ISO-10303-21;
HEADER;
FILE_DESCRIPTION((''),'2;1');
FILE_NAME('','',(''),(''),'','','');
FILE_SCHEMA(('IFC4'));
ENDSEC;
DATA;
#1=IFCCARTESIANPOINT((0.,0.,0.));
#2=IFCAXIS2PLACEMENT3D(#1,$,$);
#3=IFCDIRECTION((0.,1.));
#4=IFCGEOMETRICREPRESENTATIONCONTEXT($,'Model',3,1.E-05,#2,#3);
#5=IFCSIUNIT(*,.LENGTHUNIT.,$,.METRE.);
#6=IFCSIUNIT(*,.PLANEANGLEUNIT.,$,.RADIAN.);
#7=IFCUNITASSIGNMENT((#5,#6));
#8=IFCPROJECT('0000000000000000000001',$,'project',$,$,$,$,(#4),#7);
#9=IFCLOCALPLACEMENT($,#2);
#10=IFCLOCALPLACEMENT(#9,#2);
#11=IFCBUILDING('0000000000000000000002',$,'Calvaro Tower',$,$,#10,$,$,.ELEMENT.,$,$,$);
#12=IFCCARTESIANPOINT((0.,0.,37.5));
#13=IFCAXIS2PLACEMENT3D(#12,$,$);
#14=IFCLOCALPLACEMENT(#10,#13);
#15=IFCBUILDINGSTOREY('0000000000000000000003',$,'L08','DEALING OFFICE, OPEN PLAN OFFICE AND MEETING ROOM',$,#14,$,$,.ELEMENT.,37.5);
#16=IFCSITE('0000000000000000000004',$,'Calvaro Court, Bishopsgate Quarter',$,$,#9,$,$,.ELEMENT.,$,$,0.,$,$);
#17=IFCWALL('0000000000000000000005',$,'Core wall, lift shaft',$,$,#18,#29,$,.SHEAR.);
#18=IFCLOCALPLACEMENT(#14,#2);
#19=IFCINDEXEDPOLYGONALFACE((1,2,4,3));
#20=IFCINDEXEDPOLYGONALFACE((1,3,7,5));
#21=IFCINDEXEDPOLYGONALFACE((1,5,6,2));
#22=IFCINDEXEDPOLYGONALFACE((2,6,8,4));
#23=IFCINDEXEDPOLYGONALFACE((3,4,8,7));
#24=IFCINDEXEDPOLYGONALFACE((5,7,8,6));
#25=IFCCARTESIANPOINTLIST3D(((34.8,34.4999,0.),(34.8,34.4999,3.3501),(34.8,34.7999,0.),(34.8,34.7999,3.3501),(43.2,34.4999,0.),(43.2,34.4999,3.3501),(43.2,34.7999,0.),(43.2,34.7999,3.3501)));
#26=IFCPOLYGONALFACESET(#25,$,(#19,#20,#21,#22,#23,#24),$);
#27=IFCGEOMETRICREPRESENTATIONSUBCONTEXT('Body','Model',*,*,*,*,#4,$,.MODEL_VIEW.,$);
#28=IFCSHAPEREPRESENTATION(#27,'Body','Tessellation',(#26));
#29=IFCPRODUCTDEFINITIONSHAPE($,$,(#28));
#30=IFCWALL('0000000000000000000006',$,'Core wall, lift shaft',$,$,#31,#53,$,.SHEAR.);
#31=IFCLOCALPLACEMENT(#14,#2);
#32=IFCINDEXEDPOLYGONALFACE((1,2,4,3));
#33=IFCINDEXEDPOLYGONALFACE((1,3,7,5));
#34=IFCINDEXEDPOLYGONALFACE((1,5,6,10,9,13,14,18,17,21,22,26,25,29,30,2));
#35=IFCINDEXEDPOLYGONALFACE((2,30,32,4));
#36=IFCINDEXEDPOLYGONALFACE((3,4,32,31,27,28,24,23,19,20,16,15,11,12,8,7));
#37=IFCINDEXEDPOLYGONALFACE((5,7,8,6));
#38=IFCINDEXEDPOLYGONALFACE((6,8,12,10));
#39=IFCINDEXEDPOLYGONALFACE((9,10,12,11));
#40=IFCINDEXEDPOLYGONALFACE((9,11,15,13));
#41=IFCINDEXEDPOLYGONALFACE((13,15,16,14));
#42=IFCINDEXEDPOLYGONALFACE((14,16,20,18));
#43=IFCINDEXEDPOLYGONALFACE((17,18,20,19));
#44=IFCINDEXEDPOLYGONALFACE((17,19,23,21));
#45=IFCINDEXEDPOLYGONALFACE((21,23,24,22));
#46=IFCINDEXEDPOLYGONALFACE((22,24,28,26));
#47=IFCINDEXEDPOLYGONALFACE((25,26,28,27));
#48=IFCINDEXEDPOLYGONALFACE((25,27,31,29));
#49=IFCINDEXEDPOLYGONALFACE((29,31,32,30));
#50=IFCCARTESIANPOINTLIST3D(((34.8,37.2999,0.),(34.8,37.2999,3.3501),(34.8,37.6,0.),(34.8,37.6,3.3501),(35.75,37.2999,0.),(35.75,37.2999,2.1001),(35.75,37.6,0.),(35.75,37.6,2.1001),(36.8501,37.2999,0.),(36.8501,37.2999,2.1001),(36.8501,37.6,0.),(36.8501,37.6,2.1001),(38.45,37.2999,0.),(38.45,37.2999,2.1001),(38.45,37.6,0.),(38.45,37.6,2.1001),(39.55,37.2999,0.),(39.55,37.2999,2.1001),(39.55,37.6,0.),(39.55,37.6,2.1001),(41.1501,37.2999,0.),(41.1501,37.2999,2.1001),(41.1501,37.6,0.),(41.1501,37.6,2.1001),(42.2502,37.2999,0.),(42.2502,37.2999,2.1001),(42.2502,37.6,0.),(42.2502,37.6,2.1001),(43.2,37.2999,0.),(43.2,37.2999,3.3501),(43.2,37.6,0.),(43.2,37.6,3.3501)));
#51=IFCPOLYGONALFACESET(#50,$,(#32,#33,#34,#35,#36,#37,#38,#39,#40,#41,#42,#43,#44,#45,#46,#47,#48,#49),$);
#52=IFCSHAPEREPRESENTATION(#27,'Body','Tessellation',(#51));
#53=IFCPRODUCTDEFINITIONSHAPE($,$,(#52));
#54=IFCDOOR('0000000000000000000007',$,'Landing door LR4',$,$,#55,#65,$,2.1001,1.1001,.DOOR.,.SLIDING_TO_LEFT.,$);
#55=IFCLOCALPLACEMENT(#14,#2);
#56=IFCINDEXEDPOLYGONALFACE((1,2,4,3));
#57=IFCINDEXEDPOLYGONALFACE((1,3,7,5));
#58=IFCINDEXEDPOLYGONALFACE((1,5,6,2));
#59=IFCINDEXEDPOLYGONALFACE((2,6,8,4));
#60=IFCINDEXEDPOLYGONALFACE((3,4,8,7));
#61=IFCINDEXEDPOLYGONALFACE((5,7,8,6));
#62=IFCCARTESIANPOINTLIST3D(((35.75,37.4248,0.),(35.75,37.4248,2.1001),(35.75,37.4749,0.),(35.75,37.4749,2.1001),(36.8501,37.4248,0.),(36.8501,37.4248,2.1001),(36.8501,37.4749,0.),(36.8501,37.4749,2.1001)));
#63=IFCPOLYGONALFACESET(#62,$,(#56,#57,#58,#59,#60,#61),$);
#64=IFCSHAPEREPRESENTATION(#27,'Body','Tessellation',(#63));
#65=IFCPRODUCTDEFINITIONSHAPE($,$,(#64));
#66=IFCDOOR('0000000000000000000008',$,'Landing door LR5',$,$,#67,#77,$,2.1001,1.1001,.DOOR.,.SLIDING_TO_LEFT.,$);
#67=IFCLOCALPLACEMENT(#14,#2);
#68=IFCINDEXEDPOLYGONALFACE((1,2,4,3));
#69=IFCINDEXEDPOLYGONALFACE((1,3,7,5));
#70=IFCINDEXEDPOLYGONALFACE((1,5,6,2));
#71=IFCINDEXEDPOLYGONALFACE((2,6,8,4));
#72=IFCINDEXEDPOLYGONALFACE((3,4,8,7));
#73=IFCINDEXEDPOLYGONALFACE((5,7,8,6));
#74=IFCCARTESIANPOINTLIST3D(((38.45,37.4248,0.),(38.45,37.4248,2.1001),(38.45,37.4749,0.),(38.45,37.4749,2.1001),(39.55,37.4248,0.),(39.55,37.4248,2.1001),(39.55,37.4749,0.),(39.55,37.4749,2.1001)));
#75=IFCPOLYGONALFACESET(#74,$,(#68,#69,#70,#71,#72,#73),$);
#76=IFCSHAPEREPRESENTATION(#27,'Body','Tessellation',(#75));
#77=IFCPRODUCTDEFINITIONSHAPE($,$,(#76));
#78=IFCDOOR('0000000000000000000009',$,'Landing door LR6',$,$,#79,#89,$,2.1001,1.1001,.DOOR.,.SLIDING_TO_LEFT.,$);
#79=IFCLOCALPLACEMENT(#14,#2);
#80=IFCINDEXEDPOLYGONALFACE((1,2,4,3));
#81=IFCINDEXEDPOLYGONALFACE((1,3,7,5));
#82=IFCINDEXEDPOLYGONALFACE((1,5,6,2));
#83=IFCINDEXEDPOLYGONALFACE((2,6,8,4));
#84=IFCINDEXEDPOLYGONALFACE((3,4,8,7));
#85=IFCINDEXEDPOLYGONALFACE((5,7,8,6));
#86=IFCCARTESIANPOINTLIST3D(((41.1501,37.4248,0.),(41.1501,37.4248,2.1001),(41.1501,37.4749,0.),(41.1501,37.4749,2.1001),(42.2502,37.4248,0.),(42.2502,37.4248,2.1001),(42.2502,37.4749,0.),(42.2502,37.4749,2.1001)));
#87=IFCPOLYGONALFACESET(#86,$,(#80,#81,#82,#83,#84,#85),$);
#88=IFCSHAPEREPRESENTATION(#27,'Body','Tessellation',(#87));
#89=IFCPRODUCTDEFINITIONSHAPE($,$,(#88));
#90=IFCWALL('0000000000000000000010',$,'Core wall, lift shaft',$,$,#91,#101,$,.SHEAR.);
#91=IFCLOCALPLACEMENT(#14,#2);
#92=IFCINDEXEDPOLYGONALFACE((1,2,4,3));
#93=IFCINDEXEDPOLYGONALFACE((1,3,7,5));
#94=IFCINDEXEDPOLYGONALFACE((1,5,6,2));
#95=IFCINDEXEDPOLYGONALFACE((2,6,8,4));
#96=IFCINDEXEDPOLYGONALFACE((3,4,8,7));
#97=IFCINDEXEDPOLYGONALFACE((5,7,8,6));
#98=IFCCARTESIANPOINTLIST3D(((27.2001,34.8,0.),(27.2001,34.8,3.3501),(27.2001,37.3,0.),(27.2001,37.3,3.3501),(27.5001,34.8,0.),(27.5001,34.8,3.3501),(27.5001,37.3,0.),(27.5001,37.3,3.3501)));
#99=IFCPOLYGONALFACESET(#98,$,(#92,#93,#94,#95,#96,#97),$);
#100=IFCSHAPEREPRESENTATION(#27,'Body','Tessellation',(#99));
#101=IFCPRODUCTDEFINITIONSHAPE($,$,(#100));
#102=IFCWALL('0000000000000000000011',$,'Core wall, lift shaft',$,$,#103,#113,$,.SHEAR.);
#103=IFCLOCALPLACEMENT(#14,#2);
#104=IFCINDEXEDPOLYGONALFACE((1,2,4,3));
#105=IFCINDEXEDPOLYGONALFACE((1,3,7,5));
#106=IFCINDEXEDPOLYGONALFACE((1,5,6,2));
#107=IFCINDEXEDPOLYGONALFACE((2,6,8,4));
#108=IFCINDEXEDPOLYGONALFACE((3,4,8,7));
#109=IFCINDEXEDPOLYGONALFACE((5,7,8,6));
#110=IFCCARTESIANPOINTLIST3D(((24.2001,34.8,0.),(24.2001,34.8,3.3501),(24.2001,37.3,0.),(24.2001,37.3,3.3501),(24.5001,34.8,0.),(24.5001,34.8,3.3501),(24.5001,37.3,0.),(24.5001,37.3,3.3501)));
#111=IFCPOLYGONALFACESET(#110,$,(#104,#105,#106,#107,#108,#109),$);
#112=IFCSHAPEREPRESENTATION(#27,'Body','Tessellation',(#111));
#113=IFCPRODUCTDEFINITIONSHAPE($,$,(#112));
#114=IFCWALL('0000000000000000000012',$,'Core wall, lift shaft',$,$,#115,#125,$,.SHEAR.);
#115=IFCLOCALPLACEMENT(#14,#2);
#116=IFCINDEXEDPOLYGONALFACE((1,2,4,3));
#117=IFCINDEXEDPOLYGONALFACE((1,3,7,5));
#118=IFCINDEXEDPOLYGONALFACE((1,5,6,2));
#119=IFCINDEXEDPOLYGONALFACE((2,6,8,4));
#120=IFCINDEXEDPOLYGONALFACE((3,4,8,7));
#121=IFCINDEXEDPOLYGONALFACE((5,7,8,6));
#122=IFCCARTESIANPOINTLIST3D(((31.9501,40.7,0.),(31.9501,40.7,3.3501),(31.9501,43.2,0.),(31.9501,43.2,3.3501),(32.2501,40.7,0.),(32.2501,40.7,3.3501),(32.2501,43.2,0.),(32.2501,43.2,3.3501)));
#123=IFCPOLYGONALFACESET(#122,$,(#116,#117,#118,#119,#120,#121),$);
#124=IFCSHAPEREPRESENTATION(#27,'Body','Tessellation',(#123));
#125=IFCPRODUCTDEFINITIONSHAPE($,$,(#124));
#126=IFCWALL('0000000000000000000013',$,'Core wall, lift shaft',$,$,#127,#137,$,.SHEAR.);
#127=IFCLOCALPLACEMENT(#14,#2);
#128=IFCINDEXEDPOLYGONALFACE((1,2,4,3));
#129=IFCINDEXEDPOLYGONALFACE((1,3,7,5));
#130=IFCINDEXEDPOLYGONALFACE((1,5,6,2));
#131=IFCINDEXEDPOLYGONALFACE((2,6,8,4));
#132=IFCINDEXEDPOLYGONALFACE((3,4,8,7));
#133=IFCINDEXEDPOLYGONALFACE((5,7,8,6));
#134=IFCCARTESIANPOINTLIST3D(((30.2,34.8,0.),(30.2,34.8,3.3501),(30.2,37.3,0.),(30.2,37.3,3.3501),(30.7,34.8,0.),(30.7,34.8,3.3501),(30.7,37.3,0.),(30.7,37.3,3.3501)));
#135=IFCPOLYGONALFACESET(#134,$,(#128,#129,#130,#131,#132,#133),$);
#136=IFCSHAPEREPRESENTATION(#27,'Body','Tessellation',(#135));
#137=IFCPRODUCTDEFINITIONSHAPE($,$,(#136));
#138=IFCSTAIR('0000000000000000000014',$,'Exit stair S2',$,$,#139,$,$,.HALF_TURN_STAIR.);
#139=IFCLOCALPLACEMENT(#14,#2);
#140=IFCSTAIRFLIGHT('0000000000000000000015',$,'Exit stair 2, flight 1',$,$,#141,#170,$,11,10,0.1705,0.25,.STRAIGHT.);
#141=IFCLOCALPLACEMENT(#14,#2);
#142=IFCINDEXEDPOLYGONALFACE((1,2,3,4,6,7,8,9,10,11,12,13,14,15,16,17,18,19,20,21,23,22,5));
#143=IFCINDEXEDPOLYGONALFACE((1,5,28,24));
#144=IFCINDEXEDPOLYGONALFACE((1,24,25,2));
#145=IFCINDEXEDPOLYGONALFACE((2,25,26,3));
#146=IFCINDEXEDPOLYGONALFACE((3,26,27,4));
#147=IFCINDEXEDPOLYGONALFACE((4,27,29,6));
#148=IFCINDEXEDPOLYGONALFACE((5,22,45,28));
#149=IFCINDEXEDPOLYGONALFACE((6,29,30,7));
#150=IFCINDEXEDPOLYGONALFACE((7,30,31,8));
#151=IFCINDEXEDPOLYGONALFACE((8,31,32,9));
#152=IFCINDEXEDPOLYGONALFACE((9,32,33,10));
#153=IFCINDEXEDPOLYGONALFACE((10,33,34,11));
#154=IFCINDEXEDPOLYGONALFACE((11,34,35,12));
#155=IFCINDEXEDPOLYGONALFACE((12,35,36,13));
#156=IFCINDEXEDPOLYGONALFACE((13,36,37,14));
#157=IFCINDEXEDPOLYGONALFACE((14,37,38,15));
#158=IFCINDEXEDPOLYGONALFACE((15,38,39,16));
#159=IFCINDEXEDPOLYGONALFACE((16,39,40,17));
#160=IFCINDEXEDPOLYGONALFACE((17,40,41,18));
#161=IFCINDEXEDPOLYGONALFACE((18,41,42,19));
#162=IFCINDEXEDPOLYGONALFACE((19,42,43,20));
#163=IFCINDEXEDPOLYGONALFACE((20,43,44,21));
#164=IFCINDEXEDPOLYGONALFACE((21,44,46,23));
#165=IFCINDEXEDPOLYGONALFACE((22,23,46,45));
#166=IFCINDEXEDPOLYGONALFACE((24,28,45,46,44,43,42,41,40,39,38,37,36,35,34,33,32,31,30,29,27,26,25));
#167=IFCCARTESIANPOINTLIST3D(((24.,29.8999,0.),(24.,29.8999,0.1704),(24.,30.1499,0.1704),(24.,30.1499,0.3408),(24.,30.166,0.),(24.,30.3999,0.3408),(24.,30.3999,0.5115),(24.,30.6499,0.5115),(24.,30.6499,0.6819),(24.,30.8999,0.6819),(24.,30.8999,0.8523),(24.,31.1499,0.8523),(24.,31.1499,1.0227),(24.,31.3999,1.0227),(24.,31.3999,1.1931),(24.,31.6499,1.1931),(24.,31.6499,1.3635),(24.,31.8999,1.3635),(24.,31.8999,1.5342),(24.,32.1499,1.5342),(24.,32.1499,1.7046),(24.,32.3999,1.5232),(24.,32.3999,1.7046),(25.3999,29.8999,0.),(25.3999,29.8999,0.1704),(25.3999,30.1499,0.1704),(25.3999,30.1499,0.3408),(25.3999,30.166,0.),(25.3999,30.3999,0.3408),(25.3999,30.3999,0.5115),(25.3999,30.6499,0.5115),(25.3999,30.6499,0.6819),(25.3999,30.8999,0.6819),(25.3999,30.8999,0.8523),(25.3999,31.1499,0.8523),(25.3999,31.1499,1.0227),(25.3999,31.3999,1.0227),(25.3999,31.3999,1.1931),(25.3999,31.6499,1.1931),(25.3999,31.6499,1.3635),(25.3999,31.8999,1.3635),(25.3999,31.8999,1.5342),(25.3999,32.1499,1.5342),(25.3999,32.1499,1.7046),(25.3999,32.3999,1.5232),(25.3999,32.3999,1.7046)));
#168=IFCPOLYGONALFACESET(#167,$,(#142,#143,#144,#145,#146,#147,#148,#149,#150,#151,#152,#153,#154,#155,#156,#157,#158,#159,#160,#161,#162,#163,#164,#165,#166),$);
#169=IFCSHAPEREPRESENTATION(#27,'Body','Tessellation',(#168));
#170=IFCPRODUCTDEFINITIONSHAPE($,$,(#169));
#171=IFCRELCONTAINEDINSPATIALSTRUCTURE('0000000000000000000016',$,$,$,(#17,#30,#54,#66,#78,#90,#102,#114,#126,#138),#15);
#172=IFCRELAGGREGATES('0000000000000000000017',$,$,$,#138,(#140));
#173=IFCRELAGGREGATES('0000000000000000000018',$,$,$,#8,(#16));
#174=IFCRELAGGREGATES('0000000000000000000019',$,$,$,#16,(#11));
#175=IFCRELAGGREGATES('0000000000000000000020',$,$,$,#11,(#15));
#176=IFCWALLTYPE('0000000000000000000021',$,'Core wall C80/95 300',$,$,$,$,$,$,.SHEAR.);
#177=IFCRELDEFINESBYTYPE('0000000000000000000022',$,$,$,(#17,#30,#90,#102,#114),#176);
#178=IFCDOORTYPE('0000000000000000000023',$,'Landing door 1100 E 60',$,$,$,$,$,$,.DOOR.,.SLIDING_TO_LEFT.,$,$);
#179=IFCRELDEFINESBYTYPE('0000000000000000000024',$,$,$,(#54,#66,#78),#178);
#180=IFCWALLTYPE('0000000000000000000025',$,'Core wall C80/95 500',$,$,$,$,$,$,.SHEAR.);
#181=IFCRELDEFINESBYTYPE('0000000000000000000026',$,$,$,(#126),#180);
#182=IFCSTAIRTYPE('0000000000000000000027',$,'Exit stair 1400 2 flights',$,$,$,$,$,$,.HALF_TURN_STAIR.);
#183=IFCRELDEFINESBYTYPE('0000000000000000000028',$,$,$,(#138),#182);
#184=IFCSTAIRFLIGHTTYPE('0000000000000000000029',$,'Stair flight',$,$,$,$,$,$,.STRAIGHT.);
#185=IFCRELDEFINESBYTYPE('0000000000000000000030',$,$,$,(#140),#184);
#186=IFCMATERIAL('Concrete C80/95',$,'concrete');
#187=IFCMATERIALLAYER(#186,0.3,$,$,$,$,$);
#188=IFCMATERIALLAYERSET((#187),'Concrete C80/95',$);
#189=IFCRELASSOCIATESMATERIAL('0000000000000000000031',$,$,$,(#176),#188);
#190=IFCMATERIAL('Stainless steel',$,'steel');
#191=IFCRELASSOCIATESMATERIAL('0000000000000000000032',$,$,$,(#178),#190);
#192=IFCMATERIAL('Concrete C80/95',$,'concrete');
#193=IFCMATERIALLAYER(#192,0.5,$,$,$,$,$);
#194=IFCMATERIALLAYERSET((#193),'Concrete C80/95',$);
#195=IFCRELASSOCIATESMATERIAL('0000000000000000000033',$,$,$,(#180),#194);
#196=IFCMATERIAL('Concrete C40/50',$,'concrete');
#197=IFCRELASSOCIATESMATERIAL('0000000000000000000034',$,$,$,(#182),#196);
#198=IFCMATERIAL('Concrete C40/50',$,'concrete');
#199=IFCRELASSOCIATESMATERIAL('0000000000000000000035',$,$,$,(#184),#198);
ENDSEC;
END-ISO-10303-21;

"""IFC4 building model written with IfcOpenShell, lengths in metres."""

from ifc_helpers import new_model, si_unit, direction, frame, frame_2d, origin, place, context, subcontext, project, spatial, polyline, rectangle, outline, extrude, material, layer, layer_set, type_object, element, fill, aggregate, save


model = new_model("IFC4")

# Units and contexts
model_context = context("Model", 3, precision=1e-05, world=origin(), true_north=direction((0.0, 1.0)))
body_context = subcontext(model_context, "Body", "Model", "MODEL_VIEW")
ifc_project = project(units=[si_unit("LENGTHUNIT", "METRE"), si_unit("PLANEANGLEUNIT", "RADIAN")], contexts=[model_context])

# Site, building, storey
site_placement = place(None, origin())
site = spatial("IfcSite", under=ifc_project, at=site_placement, Name="Calvaro Court, Bishopsgate Quarter", CompositionType="ELEMENT", RefElevation=0.0)
building_placement = place(site_placement, origin())
building = spatial("IfcBuilding", under=site, at=building_placement, Name="Calvaro Tower", CompositionType="ELEMENT")
storey_placement = place(building_placement, frame((0.0, 0.0, 37.5)))
storey = spatial("IfcBuildingStorey", under=building, at=storey_placement, Name="L08", Description="DEALING OFFICE, OPEN PLAN OFFICE AND MEETING ROOM", CompositionType="ELEMENT", Elevation=37.5)

# Wall
ifc_material_1 = material(Name="Concrete C80/95", Category="concrete")
ifc_layer_1 = layer(ifc_material_1, 0.3)
ifc_layer_set_1 = layer_set([ifc_layer_1], Name="Concrete C80/95")
wall_type_1 = type_object("IfcWallType", Name="Core wall C80/95 300", PredefinedType="SHEAR", material=ifc_layer_set_1)
wall_1_placement = place(storey_placement, frame((34.8, 34.6499, 0.0), z_axis=(0.0, 0.0, 1.0), x_axis=(1.0, 0.0, 0.0)))
element("IfcWall", 1, at=wall_1_placement, inside=storey, type_object=wall_type_1, Name="Core wall, lift shaft", PredefinedType="SHEAR", context=body_context, shape_type="SweptSolid", body=[
    extrude(rectangle(XDim=8.3999, YDim=0.3, at=frame_2d((4.2, 0.0))), origin(), (0.0, 0.0, 1.0), 3.3501),
])

# Wall, openings, doors
wall_2_placement = place(storey_placement, frame((34.8, 37.45, 0.0), z_axis=(0.0, 0.0, 1.0), x_axis=(1.0, 0.0, 0.0)))
wall_2 = element("IfcWall", 2, at=wall_2_placement, inside=storey, type_object=wall_type_1, Name="Core wall, lift shaft", PredefinedType="SHEAR", context=body_context, shape_type="SweptSolid", body=[
    extrude(rectangle(XDim=8.3999, YDim=0.3, at=frame_2d((4.2, 0.0))), origin(), (0.0, 0.0, 1.0), 3.3501),
])
opening_1_placement = place(wall_2_placement, frame((0.95, 0.0, 0.0)))
opening_1 = element("IfcOpeningElement", 3, at=opening_1_placement, cuts=wall_2, PredefinedType="OPENING", context=body_context, shape_type="SweptSolid", body=[
    extrude(rectangle(XDim=1.1001, YDim=2.1001, at=frame_2d((0.55, 1.05))), frame((0.0, 0.1599, 0.0), z_axis=(0.0, -1.0, 0.0), x_axis=(1.0, 0.0, 0.0)), (0.0, 0.0, 1.0), 0.3201),
])
opening_2_placement = place(wall_2_placement, frame((3.6499, 0.0, 0.0)))
opening_2 = element("IfcOpeningElement", 4, at=opening_2_placement, cuts=wall_2, PredefinedType="OPENING", context=body_context, shape_type="SweptSolid", body=[
    extrude(rectangle(XDim=1.1001, YDim=2.1001, at=frame_2d((0.55, 1.05))), frame((0.0, 0.1599, 0.0), z_axis=(0.0, -1.0, 0.0), x_axis=(1.0, 0.0, 0.0)), (0.0, 0.0, 1.0), 0.3201),
])
opening_3_placement = place(wall_2_placement, frame((6.3501, 0.0, 0.0)))
opening_3 = element("IfcOpeningElement", 5, at=opening_3_placement, cuts=wall_2, PredefinedType="OPENING", context=body_context, shape_type="SweptSolid", body=[
    extrude(rectangle(XDim=1.1001, YDim=2.1001, at=frame_2d((0.55, 1.05))), frame((0.0, 0.1599, 0.0), z_axis=(0.0, -1.0, 0.0), x_axis=(1.0, 0.0, 0.0)), (0.0, 0.0, 1.0), 0.3201),
])
ifc_material_2 = material(Name="Stainless steel", Category="steel")
door_type = type_object("IfcDoorType", Name="Landing door 1100 E 60", OperationType="SLIDING_TO_LEFT", PredefinedType="DOOR", material=ifc_material_2)
door_1_placement = place(opening_1_placement, origin())
door_1 = element("IfcDoor", 6, at=door_1_placement, inside=storey, type_object=door_type, Name="Landing door LR4", OperationType="SLIDING_TO_LEFT", OverallHeight=2.1001, OverallWidth=1.1001, PredefinedType="DOOR", context=body_context, shape_type="SweptSolid", body=[
    extrude(rectangle(XDim=1.1001, YDim=2.1001, at=frame_2d((0.55, 1.05))), frame((0.0, 0.0249, 0.0), z_axis=(0.0, -1.0, 0.0), x_axis=(1.0, 0.0, 0.0)), (0.0, 0.0, 1.0), 0.05),
])
fill(opening_1, door_1)
door_2_placement = place(opening_2_placement, origin())
door_2 = element("IfcDoor", 7, at=door_2_placement, inside=storey, type_object=door_type, Name="Landing door LR5", OperationType="SLIDING_TO_LEFT", OverallHeight=2.1001, OverallWidth=1.1001, PredefinedType="DOOR", context=body_context, shape_type="SweptSolid", body=[
    extrude(rectangle(XDim=1.1001, YDim=2.1001, at=frame_2d((0.55, 1.05))), frame((0.0, 0.0249, 0.0), z_axis=(0.0, -1.0, 0.0), x_axis=(1.0, 0.0, 0.0)), (0.0, 0.0, 1.0), 0.05),
])
fill(opening_2, door_2)
door_3_placement = place(opening_3_placement, origin())
door_3 = element("IfcDoor", 8, at=door_3_placement, inside=storey, type_object=door_type, Name="Landing door LR6", OperationType="SLIDING_TO_LEFT", OverallHeight=2.1001, OverallWidth=1.1001, PredefinedType="DOOR", context=body_context, shape_type="SweptSolid", body=[
    extrude(rectangle(XDim=1.1001, YDim=2.1001, at=frame_2d((0.55, 1.05))), frame((0.0, 0.0249, 0.0), z_axis=(0.0, -1.0, 0.0), x_axis=(1.0, 0.0, 0.0)), (0.0, 0.0, 1.0), 0.05),
])
fill(opening_3, door_3)

# Walls
for number, where, z_axis, x_axis, name in (
    (9, (27.3501, 34.8, 0.0), (0.0, 0.0, 1.0), (0.0, 1.0, 0.0), "Core wall, lift shaft"),
    (10, (24.3501, 34.8, 0.0), (0.0, 0.0, 1.0), (0.0, 1.0, 0.0), "Core wall, lift shaft"),
    (11, (32.1001, 40.7, 0.0), (0.0, 0.0, 1.0), (0.0, 1.0, 0.0), "Core wall, lift shaft"),
):
    element("IfcWall", number, at=place(storey_placement, frame(where, z_axis=z_axis, x_axis=x_axis)), inside=storey, type_object=wall_type_1, Name=name, PredefinedType="SHEAR", context=body_context, shape_type="SweptSolid", body=[
        extrude(rectangle(XDim=2.5, YDim=0.3, at=frame_2d((1.25, 0.0))), origin(), (0.0, 0.0, 1.0), 3.3501),
    ])
ifc_material_3 = material(Name="Concrete C80/95", Category="concrete")
ifc_layer_2 = layer(ifc_material_3, 0.5)
ifc_layer_set_2 = layer_set([ifc_layer_2], Name="Concrete C80/95")
wall_type_2 = type_object("IfcWallType", Name="Core wall C80/95 500", PredefinedType="SHEAR", material=ifc_layer_set_2)
wall_3_placement = place(storey_placement, frame((30.45, 34.8, 0.0), z_axis=(0.0, 0.0, 1.0), x_axis=(0.0, 1.0, 0.0)))
element("IfcWall", 12, at=wall_3_placement, inside=storey, type_object=wall_type_2, Name="Core wall, lift shaft", PredefinedType="SHEAR", context=body_context, shape_type="SweptSolid", body=[
    extrude(rectangle(XDim=2.5, YDim=0.5, at=frame_2d((1.25, 0.0))), origin(), (0.0, 0.0, 1.0), 3.3501),
])

# Stair, stair flight
ifc_material_4 = material(Name="Concrete C40/50", Category="concrete")
stair_type = type_object("IfcStairType", Name="Exit stair 1400 2 flights", PredefinedType="HALF_TURN_STAIR", material=ifc_material_4)
stair_placement = place(storey_placement, origin())
stair = element("IfcStair", 13, at=stair_placement, inside=storey, type_object=stair_type, Name="Exit stair S2", PredefinedType="HALF_TURN_STAIR")
ifc_material_5 = material(Name="Concrete C40/50", Category="concrete")
stair_flight_type = type_object("IfcStairFlightType", Name="Stair flight", PredefinedType="STRAIGHT", material=ifc_material_5)
stair_flight_1_placement = place(storey_placement, frame((24.7, 29.8999, 0.0), z_axis=(0.0, 0.0, 1.0), x_axis=(0.0, 1.0, 0.0)))
stair_flight_1 = element("IfcStairFlight", 14, at=stair_flight_1_placement, type_object=stair_flight_type, Name="Exit stair 2, flight 1", NumberOfRisers=11, NumberOfTreads=10, PredefinedType="STRAIGHT", RiserHeight=0.1705, TreadLength=0.25, context=body_context, shape_type="SweptSolid", body=[
    extrude(outline(polyline([(0.0, 0.0), (0.0, 0.1704), (0.25, 0.1704), (0.25, 0.3408), (0.5, 0.3408), (0.5, 0.5115), (0.75, 0.5115), (0.75, 0.6819), (1.0, 0.6819), (1.0, 0.8523), (1.25, 0.8523), (1.25, 1.0227), (1.5, 1.0227), (1.5, 1.1931), (1.75, 1.1931), (1.75, 1.3635), (2.0, 1.3635), (2.0, 1.5342), (2.25, 1.5342), (2.25, 1.7046), (2.5, 1.7046), (2.5, 1.875), (2.5, 1.5232), (0.2661, 0.0), (0.0, 0.0)])), frame((0.0, 0.7, 0.0), z_axis=(0.0, -1.0, 0.0), x_axis=(1.0, 0.0, 0.0)), (0.0, 0.0, 1.0), 1.3999),
])
aggregate(stair, [stair_flight_1])

save(model, "model.ifc")
